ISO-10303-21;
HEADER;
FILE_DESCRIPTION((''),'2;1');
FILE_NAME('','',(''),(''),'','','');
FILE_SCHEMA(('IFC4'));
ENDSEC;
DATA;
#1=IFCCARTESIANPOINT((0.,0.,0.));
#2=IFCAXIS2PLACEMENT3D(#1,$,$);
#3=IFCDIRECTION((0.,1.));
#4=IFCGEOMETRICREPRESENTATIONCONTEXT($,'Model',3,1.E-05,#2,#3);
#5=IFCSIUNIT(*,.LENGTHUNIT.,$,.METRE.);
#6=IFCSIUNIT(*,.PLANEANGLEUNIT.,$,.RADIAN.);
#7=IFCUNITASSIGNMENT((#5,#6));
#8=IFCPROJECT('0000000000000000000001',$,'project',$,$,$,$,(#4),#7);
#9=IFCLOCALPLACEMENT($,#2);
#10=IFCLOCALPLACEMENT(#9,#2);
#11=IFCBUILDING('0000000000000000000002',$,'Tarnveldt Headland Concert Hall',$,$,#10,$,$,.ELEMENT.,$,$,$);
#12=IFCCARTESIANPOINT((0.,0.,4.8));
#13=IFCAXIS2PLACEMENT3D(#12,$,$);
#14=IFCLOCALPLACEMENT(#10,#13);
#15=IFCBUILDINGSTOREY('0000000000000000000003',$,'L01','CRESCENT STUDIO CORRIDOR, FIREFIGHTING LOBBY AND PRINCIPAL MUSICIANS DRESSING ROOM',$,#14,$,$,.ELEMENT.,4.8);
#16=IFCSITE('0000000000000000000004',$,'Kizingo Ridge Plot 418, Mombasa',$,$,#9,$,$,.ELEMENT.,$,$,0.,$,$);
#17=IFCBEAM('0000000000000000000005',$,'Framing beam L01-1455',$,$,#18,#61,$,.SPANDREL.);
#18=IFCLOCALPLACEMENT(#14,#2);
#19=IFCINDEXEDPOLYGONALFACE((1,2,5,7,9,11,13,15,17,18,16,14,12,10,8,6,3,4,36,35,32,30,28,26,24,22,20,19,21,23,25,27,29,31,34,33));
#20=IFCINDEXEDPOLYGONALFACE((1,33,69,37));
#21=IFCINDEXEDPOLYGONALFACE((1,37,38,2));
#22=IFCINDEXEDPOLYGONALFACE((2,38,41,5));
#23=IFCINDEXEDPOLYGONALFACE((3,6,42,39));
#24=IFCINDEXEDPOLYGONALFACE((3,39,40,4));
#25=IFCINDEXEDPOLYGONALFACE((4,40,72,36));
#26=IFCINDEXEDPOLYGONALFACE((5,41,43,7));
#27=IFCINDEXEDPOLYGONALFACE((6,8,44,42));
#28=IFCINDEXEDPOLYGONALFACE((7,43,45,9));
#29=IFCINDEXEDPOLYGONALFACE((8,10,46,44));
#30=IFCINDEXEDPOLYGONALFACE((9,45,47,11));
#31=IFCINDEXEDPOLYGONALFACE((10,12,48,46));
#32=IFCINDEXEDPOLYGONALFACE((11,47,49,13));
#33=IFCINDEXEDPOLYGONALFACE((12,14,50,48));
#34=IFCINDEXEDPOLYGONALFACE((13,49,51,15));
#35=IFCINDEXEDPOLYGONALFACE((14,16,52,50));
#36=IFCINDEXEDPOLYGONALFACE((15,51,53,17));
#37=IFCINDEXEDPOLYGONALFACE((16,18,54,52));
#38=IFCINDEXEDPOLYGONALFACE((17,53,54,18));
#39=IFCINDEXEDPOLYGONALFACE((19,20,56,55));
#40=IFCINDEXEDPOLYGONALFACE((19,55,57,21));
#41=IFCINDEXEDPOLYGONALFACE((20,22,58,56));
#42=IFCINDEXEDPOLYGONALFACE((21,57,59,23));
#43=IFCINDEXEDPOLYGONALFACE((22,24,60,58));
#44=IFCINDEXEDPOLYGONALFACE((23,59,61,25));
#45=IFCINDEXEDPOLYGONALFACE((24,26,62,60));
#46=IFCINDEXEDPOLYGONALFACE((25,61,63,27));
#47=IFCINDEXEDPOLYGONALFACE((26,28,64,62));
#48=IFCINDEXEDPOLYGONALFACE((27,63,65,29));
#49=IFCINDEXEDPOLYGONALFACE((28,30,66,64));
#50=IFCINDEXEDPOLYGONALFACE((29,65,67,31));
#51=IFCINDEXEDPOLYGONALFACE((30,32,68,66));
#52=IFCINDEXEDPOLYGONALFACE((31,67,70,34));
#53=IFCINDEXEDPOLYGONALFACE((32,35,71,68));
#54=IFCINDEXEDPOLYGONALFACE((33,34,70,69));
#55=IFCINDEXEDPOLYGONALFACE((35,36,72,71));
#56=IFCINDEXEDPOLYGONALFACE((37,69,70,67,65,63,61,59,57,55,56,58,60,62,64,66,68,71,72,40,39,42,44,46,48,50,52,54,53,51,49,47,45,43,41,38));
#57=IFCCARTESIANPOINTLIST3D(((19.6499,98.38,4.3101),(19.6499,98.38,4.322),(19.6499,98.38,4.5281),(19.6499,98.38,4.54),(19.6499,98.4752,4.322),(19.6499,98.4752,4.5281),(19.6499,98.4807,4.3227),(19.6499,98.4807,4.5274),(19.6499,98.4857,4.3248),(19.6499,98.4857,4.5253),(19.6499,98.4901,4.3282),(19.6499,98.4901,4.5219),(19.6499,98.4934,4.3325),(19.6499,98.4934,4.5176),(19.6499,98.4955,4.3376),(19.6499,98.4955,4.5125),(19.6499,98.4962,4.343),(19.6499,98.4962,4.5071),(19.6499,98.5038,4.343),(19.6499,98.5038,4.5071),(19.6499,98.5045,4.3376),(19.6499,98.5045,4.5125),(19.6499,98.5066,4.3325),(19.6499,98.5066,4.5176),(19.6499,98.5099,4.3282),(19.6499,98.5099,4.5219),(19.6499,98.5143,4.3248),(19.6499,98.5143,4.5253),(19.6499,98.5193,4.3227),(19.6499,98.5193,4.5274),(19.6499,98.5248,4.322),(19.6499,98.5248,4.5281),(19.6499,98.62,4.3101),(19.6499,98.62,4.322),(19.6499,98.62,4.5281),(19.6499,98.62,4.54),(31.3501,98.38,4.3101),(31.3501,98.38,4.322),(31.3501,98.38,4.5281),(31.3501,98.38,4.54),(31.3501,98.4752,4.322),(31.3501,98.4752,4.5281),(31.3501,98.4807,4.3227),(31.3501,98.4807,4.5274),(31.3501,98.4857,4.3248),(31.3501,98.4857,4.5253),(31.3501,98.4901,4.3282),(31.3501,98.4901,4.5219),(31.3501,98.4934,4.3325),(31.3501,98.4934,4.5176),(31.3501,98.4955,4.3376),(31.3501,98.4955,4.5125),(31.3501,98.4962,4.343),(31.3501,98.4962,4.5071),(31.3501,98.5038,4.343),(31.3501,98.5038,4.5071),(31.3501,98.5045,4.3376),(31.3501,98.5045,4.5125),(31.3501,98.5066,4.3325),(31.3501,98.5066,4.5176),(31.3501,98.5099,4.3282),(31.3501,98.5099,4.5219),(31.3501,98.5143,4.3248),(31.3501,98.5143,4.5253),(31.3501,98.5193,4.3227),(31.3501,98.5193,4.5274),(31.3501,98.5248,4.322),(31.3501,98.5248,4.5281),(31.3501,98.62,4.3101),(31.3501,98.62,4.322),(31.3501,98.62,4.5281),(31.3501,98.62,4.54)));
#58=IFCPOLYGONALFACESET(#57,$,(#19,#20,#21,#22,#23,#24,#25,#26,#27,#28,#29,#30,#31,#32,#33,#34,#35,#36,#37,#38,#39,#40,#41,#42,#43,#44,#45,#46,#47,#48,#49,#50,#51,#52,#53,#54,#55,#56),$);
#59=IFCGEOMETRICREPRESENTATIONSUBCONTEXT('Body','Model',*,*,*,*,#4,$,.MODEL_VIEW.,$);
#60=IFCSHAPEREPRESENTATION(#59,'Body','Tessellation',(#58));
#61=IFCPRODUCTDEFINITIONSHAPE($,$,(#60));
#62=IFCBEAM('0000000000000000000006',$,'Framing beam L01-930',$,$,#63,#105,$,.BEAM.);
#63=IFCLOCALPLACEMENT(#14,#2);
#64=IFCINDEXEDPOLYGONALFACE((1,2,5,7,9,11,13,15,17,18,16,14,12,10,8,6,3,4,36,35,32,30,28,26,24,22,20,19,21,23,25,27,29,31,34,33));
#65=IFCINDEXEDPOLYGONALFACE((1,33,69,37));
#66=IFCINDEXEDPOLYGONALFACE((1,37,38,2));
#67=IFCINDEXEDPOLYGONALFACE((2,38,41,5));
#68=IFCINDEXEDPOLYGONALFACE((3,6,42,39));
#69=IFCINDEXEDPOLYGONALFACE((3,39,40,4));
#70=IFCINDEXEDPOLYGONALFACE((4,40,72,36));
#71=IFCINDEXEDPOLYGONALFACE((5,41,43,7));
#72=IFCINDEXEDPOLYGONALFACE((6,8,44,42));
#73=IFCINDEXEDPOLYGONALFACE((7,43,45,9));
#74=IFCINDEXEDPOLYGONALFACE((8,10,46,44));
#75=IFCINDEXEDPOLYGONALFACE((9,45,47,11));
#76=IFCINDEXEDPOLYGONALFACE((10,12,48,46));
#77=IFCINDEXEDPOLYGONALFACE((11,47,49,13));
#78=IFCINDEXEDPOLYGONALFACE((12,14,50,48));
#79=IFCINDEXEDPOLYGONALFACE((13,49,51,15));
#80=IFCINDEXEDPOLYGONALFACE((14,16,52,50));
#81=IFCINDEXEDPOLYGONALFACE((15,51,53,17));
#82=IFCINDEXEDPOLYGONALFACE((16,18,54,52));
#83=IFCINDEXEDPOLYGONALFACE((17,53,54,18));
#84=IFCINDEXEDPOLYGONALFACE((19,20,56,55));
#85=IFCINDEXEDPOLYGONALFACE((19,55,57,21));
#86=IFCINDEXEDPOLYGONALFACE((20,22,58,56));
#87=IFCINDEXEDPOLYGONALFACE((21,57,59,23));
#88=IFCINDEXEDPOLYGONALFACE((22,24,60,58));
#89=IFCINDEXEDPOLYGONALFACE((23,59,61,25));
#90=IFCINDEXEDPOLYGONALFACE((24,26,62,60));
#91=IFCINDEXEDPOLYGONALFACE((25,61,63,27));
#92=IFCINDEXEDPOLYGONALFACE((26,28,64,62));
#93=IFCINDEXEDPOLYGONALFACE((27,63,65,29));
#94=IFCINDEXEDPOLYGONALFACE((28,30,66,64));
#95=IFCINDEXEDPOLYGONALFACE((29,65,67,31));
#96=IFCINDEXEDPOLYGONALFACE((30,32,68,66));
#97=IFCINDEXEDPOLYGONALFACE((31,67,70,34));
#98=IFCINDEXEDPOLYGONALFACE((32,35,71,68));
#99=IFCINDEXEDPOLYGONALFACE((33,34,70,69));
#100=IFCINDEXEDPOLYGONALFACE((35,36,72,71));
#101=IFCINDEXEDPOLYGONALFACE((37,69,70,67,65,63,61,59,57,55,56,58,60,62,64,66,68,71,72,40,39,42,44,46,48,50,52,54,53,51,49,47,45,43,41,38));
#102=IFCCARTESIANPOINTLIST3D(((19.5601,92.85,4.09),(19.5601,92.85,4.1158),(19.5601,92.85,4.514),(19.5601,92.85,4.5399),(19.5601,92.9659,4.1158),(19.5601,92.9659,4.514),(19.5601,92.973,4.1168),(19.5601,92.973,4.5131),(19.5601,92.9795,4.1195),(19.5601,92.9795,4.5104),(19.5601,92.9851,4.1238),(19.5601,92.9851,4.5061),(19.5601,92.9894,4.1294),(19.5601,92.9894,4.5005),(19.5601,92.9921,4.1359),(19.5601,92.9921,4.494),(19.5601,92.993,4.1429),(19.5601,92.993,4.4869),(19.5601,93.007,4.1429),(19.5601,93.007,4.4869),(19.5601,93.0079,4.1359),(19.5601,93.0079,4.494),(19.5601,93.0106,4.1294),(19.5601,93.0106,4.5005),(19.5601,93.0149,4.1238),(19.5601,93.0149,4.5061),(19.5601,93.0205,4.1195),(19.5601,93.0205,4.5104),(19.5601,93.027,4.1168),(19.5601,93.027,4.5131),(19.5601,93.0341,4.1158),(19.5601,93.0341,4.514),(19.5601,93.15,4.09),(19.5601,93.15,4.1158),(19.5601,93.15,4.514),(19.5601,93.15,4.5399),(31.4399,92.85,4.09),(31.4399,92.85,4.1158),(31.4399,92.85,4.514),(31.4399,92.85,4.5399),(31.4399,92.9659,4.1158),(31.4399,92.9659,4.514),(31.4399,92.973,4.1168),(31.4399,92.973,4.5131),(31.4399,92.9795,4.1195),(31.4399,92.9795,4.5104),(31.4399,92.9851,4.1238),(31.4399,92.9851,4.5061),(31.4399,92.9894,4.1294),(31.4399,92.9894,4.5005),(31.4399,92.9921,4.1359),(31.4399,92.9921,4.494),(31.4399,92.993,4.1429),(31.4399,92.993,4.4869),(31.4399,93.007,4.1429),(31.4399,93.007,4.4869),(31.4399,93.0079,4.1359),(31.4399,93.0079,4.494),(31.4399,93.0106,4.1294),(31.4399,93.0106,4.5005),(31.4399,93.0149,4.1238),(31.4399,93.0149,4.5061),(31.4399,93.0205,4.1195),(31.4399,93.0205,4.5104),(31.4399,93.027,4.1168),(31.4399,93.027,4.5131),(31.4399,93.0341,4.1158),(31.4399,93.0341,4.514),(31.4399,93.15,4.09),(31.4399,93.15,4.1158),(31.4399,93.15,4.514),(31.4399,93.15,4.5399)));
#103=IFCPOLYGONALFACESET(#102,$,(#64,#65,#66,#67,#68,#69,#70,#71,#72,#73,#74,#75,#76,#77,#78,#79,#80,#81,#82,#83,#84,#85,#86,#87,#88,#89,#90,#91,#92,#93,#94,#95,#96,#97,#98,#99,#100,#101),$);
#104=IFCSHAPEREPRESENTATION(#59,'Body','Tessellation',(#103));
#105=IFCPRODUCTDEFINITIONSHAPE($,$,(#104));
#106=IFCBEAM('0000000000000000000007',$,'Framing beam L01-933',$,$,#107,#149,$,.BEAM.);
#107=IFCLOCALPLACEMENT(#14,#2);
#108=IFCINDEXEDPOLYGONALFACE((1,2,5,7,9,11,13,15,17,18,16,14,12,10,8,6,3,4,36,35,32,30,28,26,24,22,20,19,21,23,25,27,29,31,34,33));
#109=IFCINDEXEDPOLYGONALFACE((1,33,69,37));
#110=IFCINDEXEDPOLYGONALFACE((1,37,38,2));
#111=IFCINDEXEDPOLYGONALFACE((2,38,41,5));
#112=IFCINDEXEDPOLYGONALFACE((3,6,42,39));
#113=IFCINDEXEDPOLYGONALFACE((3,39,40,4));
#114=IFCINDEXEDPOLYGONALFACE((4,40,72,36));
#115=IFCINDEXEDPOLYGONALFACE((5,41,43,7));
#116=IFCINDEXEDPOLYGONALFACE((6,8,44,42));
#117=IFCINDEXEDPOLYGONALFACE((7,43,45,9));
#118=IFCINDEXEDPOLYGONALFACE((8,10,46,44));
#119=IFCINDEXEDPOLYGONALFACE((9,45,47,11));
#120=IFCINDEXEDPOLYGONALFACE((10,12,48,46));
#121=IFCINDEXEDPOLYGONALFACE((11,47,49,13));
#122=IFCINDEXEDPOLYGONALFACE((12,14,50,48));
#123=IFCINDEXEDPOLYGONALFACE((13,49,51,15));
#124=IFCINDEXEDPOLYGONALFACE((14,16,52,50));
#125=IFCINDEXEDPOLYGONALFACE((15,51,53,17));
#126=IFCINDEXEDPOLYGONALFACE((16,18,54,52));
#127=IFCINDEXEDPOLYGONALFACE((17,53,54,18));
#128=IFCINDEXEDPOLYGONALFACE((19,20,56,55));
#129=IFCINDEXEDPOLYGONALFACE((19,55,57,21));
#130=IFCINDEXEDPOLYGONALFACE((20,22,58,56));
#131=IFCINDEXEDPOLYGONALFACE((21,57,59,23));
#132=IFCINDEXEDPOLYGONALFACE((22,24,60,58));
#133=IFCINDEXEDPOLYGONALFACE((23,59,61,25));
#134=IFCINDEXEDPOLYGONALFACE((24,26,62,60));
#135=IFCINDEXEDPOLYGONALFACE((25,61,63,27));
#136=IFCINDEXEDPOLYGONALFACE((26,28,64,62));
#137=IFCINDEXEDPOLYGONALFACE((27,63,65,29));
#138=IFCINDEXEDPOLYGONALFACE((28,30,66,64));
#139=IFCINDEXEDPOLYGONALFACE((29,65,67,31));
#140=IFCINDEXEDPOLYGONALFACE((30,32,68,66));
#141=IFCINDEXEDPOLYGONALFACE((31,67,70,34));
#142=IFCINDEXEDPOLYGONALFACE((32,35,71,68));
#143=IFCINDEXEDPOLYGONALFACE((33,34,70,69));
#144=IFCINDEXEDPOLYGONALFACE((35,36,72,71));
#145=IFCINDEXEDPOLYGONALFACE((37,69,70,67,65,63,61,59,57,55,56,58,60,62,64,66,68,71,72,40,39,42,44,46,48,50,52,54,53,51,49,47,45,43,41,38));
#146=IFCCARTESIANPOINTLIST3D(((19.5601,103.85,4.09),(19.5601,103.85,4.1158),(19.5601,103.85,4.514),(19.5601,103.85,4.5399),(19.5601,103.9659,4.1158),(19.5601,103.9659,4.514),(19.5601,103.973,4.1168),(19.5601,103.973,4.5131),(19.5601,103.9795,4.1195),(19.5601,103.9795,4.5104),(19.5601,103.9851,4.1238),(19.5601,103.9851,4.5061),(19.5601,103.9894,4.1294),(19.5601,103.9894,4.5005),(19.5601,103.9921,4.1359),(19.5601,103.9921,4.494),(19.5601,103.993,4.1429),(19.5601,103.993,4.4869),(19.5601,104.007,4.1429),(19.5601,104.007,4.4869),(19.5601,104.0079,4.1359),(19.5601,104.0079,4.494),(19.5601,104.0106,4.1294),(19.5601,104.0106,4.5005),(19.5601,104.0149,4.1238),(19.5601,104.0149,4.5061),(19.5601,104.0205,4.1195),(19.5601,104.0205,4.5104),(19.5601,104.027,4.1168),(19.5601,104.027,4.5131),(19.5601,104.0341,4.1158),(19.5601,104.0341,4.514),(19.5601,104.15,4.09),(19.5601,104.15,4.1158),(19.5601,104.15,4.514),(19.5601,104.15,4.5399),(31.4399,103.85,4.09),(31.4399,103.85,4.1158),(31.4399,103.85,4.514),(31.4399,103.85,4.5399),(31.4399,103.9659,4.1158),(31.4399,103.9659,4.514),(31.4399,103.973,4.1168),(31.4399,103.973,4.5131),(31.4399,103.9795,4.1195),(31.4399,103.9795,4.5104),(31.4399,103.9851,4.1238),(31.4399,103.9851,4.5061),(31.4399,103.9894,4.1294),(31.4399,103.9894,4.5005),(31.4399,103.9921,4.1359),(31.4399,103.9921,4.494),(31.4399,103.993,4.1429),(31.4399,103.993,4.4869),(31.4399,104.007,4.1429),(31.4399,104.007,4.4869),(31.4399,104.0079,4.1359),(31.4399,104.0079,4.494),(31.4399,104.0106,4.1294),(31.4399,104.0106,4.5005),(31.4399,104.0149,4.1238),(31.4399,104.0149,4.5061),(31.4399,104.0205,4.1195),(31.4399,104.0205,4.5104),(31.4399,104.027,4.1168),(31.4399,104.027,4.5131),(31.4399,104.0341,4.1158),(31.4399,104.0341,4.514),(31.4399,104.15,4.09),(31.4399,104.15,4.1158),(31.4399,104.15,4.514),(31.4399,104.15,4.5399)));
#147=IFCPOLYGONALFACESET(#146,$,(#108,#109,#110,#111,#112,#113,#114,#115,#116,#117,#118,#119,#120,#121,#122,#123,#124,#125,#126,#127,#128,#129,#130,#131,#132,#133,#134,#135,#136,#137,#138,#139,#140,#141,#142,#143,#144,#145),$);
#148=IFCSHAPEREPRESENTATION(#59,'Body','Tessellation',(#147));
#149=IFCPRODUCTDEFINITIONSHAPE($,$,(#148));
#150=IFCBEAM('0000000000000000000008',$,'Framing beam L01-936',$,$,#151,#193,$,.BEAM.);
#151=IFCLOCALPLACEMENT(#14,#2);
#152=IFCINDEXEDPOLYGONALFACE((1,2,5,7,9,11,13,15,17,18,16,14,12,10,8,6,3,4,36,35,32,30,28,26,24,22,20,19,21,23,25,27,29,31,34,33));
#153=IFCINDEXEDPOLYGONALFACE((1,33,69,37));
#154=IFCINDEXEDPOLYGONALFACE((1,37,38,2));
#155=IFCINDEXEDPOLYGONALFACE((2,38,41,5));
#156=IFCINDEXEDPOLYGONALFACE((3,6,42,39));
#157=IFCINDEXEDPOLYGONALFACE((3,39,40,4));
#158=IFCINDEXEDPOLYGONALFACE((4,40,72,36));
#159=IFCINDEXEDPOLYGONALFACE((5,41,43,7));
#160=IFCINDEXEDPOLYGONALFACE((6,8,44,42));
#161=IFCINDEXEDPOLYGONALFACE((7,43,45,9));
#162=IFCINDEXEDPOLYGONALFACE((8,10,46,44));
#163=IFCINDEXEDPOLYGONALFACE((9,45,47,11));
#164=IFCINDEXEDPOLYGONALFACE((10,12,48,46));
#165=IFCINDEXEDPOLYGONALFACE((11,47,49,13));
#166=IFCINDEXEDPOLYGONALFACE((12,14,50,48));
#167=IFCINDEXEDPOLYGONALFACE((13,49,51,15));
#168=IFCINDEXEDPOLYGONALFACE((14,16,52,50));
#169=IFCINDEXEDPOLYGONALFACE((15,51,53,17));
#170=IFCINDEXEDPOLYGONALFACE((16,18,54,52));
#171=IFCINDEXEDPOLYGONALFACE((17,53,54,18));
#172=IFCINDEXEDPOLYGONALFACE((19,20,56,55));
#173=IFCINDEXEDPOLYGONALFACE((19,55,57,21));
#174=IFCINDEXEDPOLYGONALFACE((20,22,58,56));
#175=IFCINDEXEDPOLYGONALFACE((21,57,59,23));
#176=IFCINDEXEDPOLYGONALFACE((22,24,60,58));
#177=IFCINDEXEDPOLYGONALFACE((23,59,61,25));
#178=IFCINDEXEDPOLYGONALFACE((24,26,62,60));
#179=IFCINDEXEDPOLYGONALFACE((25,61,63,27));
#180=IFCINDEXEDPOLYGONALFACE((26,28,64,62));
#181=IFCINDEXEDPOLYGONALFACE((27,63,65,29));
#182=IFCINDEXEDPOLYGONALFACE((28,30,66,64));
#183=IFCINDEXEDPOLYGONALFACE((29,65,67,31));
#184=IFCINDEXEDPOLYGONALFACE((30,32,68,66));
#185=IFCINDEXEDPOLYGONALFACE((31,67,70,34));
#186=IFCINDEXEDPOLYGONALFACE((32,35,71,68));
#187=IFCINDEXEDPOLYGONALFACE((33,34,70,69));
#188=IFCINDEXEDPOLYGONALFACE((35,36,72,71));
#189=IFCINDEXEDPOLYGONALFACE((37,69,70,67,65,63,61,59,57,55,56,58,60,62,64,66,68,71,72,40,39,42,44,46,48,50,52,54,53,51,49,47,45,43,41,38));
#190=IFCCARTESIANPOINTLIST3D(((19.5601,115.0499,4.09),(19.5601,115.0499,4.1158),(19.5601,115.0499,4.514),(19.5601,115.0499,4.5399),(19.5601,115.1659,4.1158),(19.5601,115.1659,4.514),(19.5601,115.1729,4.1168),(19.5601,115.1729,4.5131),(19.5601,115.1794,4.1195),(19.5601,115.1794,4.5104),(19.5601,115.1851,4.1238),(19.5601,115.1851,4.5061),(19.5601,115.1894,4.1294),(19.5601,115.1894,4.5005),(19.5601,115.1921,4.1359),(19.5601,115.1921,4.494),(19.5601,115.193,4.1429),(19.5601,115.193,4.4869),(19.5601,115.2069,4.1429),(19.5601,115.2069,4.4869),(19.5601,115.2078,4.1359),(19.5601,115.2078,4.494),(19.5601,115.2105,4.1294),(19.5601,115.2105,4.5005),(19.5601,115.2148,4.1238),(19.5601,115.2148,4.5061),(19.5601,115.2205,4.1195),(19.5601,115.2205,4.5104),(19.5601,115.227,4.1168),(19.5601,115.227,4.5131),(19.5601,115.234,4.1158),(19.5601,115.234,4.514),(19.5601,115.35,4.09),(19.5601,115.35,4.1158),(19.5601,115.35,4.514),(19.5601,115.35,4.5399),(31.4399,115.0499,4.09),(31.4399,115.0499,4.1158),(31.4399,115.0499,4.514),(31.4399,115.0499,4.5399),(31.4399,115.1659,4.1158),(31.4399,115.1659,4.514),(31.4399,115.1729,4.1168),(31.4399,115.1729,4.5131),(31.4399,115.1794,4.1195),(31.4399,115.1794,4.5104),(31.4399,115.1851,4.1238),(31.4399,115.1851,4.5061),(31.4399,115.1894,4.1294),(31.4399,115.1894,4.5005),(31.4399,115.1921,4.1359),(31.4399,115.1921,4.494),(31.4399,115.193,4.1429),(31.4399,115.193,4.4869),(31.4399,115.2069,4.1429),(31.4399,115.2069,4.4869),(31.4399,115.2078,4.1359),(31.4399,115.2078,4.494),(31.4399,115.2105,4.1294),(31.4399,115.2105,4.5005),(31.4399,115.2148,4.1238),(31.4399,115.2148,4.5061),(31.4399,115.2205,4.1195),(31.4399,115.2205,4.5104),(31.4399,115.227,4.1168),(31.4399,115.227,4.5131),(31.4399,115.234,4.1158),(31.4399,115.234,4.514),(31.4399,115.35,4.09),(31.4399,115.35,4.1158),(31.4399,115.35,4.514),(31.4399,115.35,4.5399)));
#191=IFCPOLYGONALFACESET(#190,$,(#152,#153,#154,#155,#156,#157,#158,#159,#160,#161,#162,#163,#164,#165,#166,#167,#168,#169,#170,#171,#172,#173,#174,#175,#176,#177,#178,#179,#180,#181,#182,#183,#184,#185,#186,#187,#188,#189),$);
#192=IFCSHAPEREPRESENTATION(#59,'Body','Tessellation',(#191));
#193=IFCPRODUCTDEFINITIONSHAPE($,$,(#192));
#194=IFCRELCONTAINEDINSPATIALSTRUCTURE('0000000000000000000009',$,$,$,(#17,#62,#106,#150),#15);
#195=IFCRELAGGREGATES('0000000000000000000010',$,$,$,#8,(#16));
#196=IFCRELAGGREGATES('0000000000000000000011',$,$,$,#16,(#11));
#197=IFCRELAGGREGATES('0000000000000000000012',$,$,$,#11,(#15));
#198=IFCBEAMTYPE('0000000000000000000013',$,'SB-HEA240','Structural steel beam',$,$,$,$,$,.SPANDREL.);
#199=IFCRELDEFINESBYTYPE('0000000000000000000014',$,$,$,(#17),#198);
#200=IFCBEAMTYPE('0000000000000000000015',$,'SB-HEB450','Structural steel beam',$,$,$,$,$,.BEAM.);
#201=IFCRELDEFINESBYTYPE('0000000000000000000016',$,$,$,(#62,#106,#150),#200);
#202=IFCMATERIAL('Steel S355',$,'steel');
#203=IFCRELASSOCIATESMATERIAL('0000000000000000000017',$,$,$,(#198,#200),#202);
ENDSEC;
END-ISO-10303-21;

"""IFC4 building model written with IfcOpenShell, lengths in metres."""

from ifc_helpers import new_model, si_unit, direction, frame, origin, origin_2d, place, context, subcontext, project, spatial, i_section, extrude, material, material_profile, profile_set, type_object, element, save


model = new_model("IFC4")

# Units and contexts
model_context = context("Model", 3, precision=1e-05, world=origin(), true_north=direction((0.0, 1.0)))
body_context = subcontext(model_context, "Body", "Model", "MODEL_VIEW")
ifc_project = project(units=[si_unit("LENGTHUNIT", "METRE"), si_unit("PLANEANGLEUNIT", "RADIAN")], contexts=[model_context])

# Site, building, storey
site_placement = place(None, origin())
site = spatial("IfcSite", under=ifc_project, at=site_placement, Name="Kizingo Ridge Plot 418, Mombasa", CompositionType="ELEMENT", RefElevation=0.0)
building_placement = place(site_placement, origin())
building = spatial("IfcBuilding", under=site, at=building_placement, Name="Tarnveldt Headland Concert Hall", CompositionType="ELEMENT")
storey_placement = place(building_placement, frame((0.0, 0.0, 4.8)))
storey = spatial("IfcBuildingStorey", under=building, at=storey_placement, Name="L01", Description="CRESCENT STUDIO CORRIDOR, FIREFIGHTING LOBBY AND PRINCIPAL MUSICIANS DRESSING ROOM", CompositionType="ELEMENT", Elevation=4.8)

# Shared definitions
ifc_material_1 = material(Name="Steel S355", Category="steel")

# Beams
ifc_material_profile_1 = material_profile(ifc_material_1, i_section(OverallWidth=0.24, OverallDepth=0.23, WebThickness=0.0076, FlangeThickness=0.012, FilletRadius=0.021, at=origin_2d()), Name="HEA240", Category="steel")
ifc_profile_set_1 = profile_set([ifc_material_profile_1], Name="Steel S355")
beam_type_1 = type_object("IfcBeamType", Name="SB-HEA240", Description="Structural steel beam", PredefinedType="SPANDREL", material=ifc_profile_set_1)
beam_1_placement = place(storey_placement, frame((19.6499, 98.5, 4.425), z_axis=(1.0, 0.0, 0.0), x_axis=(0.0, 1.0, 0.0)))
element("IfcBeam", 1, at=beam_1_placement, inside=storey, type_object=beam_type_1, Name="Framing beam L01-1455", PredefinedType="SPANDREL", context=body_context, shape_type="SweptSolid", body=[
    extrude(i_section(OverallWidth=0.24, OverallDepth=0.23, WebThickness=0.0076, FlangeThickness=0.012, FilletRadius=0.021, at=origin_2d()), origin(), (0.0, 0.0, 1.0), 11.7002),
])
ifc_material_profile_2 = material_profile(ifc_material_1, i_section(OverallWidth=0.3, OverallDepth=0.45, WebThickness=0.0139, FlangeThickness=0.0259, FilletRadius=0.0271, at=origin_2d()), Name="HEB450", Category="steel")
ifc_profile_set_2 = profile_set([ifc_material_profile_2], Name="Steel S355")
beam_type_2 = type_object("IfcBeamType", Name="SB-HEB450", Description="Structural steel beam", PredefinedType="BEAM", material=ifc_profile_set_2)
for number, where, z_axis, x_axis, name in (
    (2, (19.5601, 93.0, 4.3149), (1.0, 0.0, 0.0), (0.0, 1.0, 0.0), "Framing beam L01-930"),
    (3, (19.5601, 104.0, 4.3149), (1.0, 0.0, 0.0), (0.0, 1.0, 0.0), "Framing beam L01-933"),
    (4, (19.5601, 115.2, 4.3149), (1.0, 0.0, 0.0), (0.0, 1.0, 0.0), "Framing beam L01-936"),
):
    element("IfcBeam", number, at=place(storey_placement, frame(where, z_axis=z_axis, x_axis=x_axis)), inside=storey, type_object=beam_type_2, Name=name, PredefinedType="BEAM", context=body_context, shape_type="SweptSolid", body=[
        extrude(i_section(OverallWidth=0.3, OverallDepth=0.45, WebThickness=0.0139, FlangeThickness=0.0259, FilletRadius=0.0271, at=origin_2d()), origin(), (0.0, 0.0, 1.0), 11.8799),
    ])

save(model, "model.ifc")
